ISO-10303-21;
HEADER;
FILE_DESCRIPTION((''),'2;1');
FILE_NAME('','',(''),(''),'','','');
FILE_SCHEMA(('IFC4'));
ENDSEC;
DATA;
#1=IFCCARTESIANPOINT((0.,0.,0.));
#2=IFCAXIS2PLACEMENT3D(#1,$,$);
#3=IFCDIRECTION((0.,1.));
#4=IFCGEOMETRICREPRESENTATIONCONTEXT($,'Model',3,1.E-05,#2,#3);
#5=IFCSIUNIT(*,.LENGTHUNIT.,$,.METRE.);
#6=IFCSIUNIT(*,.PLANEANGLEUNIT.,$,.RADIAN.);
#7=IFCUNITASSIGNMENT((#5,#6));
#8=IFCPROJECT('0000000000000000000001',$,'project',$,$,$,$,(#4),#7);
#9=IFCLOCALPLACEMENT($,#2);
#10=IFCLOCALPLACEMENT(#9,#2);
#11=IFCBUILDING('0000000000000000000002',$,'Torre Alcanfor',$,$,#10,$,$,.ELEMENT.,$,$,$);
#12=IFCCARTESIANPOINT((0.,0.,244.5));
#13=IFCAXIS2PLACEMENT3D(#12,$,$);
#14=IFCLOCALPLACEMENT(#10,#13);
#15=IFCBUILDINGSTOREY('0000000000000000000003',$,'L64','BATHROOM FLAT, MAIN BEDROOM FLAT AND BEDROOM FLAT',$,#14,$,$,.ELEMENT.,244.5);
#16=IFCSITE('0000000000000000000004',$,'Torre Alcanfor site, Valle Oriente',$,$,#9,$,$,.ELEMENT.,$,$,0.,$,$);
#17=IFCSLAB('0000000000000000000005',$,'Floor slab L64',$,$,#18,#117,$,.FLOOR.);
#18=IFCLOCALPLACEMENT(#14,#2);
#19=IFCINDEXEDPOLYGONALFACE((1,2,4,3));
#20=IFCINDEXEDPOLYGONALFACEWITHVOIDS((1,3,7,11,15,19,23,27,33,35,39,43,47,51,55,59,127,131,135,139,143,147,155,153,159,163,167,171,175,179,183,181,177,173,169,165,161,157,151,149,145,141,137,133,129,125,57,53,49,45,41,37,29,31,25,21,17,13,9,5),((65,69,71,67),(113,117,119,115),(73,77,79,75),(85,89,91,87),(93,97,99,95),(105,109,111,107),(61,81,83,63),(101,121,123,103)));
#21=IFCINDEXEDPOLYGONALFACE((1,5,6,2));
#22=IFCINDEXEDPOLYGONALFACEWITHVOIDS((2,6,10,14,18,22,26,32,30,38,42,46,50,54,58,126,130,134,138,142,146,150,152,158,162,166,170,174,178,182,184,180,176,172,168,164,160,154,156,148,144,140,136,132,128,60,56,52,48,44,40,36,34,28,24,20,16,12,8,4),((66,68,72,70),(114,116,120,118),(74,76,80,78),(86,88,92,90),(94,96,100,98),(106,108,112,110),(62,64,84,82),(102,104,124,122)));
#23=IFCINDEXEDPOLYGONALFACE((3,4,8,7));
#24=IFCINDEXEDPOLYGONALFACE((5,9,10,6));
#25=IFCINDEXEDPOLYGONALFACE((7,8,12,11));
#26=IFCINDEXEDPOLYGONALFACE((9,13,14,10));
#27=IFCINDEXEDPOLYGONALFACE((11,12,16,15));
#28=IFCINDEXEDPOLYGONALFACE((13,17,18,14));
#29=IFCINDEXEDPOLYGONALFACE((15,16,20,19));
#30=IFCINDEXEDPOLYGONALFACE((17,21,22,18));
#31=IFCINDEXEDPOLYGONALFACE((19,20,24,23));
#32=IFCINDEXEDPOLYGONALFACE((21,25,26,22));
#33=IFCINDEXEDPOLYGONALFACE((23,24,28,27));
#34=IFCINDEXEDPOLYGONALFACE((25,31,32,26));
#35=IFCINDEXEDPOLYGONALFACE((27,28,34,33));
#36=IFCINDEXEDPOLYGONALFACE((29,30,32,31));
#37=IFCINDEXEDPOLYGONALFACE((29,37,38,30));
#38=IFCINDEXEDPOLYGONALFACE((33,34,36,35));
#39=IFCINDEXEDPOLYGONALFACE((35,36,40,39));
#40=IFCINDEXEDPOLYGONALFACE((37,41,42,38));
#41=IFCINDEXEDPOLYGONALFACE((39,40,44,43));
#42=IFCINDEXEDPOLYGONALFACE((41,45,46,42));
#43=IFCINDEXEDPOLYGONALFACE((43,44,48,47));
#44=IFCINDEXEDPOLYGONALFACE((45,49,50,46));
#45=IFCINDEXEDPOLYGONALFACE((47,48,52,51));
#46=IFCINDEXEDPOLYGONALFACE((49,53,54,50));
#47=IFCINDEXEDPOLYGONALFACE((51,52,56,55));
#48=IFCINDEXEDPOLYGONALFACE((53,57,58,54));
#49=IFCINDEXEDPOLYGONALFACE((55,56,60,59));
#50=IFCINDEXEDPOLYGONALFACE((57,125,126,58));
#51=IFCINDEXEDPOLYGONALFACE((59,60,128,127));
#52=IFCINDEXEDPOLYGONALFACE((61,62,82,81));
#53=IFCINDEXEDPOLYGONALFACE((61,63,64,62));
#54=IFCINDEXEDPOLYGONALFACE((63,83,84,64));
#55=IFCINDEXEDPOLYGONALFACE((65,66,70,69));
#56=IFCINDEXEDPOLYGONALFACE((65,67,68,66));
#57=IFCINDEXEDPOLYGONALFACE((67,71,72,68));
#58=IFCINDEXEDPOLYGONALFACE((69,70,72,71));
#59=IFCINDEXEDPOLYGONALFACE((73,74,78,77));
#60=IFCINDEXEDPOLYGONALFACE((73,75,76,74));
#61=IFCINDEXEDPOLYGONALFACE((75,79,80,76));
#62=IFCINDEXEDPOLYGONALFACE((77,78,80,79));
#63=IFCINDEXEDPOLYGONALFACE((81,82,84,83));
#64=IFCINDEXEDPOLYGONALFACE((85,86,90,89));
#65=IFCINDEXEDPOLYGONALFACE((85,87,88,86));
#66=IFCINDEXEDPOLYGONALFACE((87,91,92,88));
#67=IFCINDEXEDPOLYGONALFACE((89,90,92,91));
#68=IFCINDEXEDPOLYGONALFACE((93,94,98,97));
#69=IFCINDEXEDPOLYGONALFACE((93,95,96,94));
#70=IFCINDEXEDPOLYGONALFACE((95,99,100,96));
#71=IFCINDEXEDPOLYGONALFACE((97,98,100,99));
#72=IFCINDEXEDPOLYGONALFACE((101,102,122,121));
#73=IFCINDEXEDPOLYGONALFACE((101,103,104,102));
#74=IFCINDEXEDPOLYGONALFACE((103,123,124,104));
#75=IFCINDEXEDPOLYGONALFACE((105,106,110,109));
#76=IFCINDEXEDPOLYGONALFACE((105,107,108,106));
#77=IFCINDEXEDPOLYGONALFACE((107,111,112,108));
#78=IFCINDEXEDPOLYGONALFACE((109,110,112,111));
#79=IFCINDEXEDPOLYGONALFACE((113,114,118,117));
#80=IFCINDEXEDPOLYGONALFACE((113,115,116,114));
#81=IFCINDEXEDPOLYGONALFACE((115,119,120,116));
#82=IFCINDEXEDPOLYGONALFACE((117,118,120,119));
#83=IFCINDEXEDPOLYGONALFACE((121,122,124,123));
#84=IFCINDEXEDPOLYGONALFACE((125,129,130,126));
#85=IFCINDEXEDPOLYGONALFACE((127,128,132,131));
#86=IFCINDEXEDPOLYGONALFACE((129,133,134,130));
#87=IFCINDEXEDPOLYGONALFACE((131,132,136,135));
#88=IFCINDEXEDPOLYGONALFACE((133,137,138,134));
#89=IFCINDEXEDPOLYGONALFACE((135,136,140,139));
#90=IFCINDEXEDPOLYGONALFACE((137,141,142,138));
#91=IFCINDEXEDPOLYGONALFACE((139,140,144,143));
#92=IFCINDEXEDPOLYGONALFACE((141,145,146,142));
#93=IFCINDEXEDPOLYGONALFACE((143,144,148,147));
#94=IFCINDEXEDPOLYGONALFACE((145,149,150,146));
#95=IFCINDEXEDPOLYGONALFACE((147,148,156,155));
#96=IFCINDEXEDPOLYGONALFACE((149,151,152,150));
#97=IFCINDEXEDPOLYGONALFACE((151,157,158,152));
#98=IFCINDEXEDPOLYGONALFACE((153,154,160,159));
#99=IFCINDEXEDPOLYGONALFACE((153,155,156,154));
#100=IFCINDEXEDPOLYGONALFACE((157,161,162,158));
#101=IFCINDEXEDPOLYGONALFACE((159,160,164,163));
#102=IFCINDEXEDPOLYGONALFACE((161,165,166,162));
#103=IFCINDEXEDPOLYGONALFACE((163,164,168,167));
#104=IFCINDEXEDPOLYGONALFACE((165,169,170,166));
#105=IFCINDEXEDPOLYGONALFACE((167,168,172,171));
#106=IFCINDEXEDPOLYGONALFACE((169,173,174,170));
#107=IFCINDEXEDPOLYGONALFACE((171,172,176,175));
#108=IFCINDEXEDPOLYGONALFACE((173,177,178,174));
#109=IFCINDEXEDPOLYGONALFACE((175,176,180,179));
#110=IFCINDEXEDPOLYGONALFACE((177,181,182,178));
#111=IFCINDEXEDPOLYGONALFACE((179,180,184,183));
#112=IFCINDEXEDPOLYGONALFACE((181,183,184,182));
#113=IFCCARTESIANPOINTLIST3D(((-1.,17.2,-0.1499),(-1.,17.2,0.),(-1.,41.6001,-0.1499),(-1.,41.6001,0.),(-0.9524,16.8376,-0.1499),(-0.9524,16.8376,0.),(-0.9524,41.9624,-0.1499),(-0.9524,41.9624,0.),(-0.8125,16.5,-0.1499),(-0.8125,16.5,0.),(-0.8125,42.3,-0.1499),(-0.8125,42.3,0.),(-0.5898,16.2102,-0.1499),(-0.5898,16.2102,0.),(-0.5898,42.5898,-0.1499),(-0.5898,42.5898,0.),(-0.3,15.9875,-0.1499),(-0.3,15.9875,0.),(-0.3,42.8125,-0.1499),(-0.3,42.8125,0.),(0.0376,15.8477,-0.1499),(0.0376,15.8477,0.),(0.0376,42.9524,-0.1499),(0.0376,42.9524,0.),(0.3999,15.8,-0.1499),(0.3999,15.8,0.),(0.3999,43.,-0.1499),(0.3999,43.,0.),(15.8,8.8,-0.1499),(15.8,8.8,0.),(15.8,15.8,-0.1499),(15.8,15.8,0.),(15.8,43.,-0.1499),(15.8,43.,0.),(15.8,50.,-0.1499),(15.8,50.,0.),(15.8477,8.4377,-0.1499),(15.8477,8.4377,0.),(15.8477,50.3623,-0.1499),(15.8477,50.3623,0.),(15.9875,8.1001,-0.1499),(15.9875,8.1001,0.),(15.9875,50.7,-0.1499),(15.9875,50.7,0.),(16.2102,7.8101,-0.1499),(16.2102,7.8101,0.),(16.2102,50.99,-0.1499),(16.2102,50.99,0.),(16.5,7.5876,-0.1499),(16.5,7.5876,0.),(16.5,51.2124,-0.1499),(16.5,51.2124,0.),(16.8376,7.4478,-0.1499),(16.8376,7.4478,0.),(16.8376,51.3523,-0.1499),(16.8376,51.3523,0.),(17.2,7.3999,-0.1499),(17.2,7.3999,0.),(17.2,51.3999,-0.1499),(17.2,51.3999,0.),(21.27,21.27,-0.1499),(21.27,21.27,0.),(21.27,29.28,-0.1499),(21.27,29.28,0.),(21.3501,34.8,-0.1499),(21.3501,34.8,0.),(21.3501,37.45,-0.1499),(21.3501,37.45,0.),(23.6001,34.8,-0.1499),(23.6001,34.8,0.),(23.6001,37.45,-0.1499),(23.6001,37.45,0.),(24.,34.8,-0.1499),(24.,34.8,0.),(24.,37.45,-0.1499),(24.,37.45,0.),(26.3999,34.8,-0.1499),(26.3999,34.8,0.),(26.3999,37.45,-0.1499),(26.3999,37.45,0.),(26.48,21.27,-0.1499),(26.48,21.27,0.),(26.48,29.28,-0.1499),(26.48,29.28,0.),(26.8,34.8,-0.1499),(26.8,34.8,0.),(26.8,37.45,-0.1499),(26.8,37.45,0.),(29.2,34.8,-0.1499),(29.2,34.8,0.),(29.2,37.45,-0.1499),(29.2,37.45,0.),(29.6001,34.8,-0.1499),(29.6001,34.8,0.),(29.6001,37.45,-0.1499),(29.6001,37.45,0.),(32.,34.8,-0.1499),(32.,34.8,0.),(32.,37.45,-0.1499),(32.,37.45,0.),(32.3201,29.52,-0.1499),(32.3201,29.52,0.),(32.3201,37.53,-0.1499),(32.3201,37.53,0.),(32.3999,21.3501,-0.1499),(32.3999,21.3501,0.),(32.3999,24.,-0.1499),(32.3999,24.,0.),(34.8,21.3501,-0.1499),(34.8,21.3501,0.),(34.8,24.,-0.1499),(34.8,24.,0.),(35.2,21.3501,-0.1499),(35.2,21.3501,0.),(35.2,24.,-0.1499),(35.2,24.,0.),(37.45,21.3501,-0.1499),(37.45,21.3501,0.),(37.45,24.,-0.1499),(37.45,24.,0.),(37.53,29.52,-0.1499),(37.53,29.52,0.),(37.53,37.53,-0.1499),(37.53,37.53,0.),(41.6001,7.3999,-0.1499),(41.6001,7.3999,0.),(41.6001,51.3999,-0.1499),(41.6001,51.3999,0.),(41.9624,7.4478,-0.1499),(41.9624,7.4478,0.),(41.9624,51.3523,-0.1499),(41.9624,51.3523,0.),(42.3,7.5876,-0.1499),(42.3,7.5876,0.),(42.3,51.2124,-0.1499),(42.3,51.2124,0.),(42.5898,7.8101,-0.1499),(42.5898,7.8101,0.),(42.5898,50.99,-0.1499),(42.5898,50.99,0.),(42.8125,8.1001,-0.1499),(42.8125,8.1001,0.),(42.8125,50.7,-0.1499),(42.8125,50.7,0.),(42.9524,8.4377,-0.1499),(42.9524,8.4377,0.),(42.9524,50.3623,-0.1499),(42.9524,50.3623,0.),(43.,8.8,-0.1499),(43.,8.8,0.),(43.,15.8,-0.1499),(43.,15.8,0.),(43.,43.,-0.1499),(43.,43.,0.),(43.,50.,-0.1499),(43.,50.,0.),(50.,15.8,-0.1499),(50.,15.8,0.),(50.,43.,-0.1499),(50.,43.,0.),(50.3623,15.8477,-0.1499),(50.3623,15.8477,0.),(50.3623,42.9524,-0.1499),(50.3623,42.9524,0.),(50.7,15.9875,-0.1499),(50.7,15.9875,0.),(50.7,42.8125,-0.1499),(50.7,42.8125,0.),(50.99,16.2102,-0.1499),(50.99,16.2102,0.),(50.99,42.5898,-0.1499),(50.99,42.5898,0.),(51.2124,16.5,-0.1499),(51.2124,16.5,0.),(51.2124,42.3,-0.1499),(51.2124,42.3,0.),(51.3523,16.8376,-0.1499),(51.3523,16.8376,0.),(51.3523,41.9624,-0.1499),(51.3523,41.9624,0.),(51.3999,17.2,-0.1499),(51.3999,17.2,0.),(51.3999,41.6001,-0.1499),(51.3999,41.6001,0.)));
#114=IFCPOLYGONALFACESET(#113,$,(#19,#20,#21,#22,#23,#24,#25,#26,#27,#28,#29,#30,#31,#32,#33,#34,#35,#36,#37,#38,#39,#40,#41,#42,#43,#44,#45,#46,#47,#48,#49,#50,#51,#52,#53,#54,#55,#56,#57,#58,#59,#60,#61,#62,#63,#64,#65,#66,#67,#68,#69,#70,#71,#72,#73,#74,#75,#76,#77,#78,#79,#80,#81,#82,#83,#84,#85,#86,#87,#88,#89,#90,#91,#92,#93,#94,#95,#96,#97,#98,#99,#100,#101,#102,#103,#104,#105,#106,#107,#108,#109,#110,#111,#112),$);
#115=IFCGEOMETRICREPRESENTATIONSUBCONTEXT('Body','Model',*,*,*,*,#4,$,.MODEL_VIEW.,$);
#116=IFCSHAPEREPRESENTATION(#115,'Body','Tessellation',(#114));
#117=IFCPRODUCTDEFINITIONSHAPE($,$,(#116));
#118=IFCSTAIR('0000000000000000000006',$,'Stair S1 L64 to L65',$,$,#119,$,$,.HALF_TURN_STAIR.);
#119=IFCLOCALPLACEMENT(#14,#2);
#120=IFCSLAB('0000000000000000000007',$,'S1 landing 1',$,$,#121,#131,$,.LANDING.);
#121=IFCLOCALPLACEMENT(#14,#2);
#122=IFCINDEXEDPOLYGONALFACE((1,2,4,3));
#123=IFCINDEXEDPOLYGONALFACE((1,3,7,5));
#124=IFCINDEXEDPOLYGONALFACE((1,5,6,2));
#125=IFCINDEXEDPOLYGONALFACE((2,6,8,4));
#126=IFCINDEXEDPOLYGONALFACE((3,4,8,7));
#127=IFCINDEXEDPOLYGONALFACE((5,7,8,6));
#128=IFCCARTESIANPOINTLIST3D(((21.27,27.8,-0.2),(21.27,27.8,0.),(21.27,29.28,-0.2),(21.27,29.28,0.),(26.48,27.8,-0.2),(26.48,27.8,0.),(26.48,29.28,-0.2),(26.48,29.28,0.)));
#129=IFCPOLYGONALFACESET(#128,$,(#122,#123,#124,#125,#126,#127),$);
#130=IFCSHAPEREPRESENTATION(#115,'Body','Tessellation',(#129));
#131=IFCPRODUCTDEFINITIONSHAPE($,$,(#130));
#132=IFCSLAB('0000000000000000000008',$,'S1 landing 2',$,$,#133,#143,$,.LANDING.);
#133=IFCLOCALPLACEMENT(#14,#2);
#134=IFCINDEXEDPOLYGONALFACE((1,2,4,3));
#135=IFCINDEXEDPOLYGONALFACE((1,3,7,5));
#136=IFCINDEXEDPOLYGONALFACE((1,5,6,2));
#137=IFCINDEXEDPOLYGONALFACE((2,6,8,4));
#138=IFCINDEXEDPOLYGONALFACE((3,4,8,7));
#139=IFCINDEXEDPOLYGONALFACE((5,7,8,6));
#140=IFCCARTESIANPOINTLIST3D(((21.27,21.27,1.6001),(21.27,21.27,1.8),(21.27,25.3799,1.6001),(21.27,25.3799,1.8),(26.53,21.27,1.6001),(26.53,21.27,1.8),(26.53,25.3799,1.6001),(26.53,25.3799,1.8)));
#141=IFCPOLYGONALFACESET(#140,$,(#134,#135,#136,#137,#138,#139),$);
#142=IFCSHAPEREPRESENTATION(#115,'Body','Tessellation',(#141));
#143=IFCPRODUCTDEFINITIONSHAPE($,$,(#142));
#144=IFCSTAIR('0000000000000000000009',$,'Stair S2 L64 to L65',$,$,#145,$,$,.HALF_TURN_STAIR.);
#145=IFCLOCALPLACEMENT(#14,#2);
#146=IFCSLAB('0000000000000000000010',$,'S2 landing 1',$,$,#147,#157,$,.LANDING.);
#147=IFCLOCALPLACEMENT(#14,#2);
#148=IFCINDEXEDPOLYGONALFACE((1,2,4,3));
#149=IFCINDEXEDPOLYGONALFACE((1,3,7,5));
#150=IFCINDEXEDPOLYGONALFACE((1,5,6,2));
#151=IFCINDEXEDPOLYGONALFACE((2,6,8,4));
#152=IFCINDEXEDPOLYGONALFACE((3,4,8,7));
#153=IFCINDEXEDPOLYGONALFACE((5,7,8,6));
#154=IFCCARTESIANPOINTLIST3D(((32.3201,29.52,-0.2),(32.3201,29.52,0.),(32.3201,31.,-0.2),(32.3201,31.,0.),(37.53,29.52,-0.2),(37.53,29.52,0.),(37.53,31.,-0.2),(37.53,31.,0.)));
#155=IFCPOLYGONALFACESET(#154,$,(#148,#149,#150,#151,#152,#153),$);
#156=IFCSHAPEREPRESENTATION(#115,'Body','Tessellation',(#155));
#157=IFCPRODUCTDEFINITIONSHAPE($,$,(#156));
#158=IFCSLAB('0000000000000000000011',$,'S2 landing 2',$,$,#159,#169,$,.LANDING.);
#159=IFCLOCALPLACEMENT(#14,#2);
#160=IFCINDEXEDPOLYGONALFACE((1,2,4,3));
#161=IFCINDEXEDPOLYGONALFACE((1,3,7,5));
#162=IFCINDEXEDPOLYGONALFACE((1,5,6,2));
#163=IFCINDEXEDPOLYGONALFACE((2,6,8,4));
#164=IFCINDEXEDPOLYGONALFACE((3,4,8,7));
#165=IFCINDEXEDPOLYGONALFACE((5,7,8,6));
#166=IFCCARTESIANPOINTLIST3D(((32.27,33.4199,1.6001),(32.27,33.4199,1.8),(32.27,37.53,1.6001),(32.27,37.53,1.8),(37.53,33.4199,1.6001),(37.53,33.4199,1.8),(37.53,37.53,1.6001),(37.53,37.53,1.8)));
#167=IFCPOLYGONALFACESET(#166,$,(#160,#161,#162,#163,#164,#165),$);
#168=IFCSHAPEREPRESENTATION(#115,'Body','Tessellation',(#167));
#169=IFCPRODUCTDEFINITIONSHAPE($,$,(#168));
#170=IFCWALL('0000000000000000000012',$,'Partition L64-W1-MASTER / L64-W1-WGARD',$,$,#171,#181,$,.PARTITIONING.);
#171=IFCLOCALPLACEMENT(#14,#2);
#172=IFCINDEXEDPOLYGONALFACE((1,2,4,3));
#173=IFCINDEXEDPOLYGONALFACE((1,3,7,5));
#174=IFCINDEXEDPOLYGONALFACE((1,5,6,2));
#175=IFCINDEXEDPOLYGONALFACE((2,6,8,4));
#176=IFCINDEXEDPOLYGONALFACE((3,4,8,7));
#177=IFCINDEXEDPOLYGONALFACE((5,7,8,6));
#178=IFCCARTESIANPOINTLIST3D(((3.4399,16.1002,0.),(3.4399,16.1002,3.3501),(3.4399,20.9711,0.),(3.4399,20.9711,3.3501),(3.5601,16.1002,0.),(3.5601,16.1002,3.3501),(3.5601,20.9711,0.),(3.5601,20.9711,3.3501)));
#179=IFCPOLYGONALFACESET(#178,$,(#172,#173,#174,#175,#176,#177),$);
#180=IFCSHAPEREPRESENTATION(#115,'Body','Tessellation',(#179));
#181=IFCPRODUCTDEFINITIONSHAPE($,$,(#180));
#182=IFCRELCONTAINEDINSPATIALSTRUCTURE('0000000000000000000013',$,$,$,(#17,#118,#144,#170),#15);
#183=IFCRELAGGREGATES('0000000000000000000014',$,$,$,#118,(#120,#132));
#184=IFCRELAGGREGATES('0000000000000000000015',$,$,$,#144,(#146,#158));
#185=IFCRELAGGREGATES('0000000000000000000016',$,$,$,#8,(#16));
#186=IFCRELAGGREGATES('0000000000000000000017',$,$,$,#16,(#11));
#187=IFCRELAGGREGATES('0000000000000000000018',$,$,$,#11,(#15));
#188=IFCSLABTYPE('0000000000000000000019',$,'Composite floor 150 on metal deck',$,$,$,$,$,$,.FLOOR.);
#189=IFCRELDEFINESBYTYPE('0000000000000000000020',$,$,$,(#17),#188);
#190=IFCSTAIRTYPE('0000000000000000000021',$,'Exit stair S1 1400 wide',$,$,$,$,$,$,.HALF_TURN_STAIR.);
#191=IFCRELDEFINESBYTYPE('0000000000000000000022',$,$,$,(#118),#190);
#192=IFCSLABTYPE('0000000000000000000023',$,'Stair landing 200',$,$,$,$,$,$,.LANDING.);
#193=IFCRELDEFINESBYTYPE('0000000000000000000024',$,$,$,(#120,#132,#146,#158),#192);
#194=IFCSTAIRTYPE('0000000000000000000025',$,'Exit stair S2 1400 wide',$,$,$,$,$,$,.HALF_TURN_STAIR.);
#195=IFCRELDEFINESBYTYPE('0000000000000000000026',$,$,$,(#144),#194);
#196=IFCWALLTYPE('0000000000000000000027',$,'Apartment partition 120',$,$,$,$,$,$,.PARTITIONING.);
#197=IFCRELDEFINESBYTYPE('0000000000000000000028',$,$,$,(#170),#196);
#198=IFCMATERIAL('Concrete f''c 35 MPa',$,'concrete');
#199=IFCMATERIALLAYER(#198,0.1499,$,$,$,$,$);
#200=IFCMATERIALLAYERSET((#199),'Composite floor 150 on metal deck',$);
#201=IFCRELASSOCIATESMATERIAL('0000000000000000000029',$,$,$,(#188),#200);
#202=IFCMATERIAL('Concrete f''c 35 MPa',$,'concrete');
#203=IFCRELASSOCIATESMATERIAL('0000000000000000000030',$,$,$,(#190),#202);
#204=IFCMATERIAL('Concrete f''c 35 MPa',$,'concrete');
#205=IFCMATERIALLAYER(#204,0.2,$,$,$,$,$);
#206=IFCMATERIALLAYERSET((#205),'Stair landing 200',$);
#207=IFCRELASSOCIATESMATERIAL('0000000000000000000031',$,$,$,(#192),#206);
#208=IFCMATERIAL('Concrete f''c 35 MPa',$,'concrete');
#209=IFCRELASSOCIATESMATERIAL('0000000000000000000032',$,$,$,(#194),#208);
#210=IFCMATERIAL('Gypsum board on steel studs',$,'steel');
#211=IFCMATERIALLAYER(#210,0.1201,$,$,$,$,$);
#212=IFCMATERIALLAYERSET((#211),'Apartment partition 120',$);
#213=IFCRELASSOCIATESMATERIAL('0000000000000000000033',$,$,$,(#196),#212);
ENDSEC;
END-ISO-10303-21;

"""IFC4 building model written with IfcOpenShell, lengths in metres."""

from ifc_helpers import new_model, si_unit, direction, frame, frame_2d, origin, place, context, subcontext, project, spatial, polyline, rectangle, outline, extrude, material, layer, layer_set, type_object, element, aggregate, save


model = new_model("IFC4")

# Units and contexts
model_context = context("Model", 3, precision=1e-05, world=origin(), true_north=direction((0.0, 1.0)))
body_context = subcontext(model_context, "Body", "Model", "MODEL_VIEW")
ifc_project = project(units=[si_unit("LENGTHUNIT", "METRE"), si_unit("PLANEANGLEUNIT", "RADIAN")], contexts=[model_context])

# Site, building, storey
site_placement = place(None, origin())
site = spatial("IfcSite", under=ifc_project, at=site_placement, Name="Torre Alcanfor site, Valle Oriente", CompositionType="ELEMENT", RefElevation=0.0)
building_placement = place(site_placement, origin())
building = spatial("IfcBuilding", under=site, at=building_placement, Name="Torre Alcanfor", CompositionType="ELEMENT")
storey_placement = place(building_placement, frame((0.0, 0.0, 244.5)))
storey = spatial("IfcBuildingStorey", under=building, at=storey_placement, Name="L64", Description="BATHROOM FLAT, MAIN BEDROOM FLAT AND BEDROOM FLAT", CompositionType="ELEMENT", Elevation=244.5)

# Slab
ifc_material_1 = material(Name="Concrete f'c 35 MPa", Category="concrete")
ifc_layer_1 = layer(ifc_material_1, 0.1499)
ifc_layer_set_1 = layer_set([ifc_layer_1], Name="Composite floor 150 on metal deck")
slab_type_1 = type_object("IfcSlabType", Name="Composite floor 150 on metal deck", PredefinedType="FLOOR", material=ifc_layer_set_1)
slab_1_placement = place(storey_placement, frame((0.0, 0.0, -0.1499)))
element("IfcSlab", 1, at=slab_1_placement, inside=storey, type_object=slab_type_1, Name="Floor slab L64", PredefinedType="FLOOR", context=body_context, shape_type="SweptSolid", body=[
    extrude(outline(polyline([(15.8, 43.0), (0.3999, 43.0), (0.0376, 42.9524), (-0.3, 42.8125), (-0.5898, 42.5898), (-0.8125, 42.3), (-0.9524, 41.9624), (-1.0, 41.6001), (-1.0, 17.2), (-0.9524, 16.8376), (-0.8125, 16.5), (-0.5898, 16.2102), (-0.3, 15.9875), (0.0376, 15.8477), (0.3999, 15.8), (15.8, 15.8), (15.8, 8.8), (15.8477, 8.4377), (15.9875, 8.1001), (16.2102, 7.8101), (16.5, 7.5876), (16.8376, 7.4478), (17.2, 7.3999), (41.6001, 7.3999), (41.9624, 7.4478), (42.3, 7.5876), (42.5898, 7.8101), (42.8125, 8.1001), (42.9524, 8.4377), (43.0, 8.8), (43.0, 15.8), (50.0, 15.8), (50.3623, 15.8477), (50.7, 15.9875), (50.99, 16.2102), (51.2124, 16.5), (51.3523, 16.8376), (51.3999, 17.2), (51.3999, 41.6001), (51.3523, 41.9624), (51.2124, 42.3), (50.99, 42.5898), (50.7, 42.8125), (50.3623, 42.9524), (50.0, 43.0), (43.0, 43.0), (43.0, 50.0), (42.9524, 50.3623), (42.8125, 50.7), (42.5898, 50.99), (42.3, 51.2124), (41.9624, 51.3523), (41.6001, 51.3999), (17.2, 51.3999), (16.8376, 51.3523), (16.5, 51.2124), (16.2102, 50.99), (15.9875, 50.7), (15.8477, 50.3623), (15.8, 50.0), (15.8, 43.0)]), holes=[polyline([(21.27, 21.27), (26.48, 21.27), (26.48, 29.28), (21.27, 29.28), (21.27, 21.27)]), polyline([(32.3201, 29.52), (37.53, 29.52), (37.53, 37.53), (32.3201, 37.53), (32.3201, 29.52)]), polyline([(32.3999, 21.3501), (34.8, 21.3501), (34.8, 24.0), (32.3999, 24.0), (32.3999, 21.3501)]), polyline([(35.2, 21.3501), (37.45, 21.3501), (37.45, 24.0), (35.2, 24.0), (35.2, 21.3501)]), polyline([(21.3501, 34.8), (23.6001, 34.8), (23.6001, 37.45), (21.3501, 37.45), (21.3501, 34.8)]), polyline([(24.0, 34.8), (26.3999, 34.8), (26.3999, 37.45), (24.0, 37.45), (24.0, 34.8)]), polyline([(26.8, 34.8), (29.2, 34.8), (29.2, 37.45), (26.8, 37.45), (26.8, 34.8)]), polyline([(29.6001, 34.8), (32.0, 34.8), (32.0, 37.45), (29.6001, 37.45), (29.6001, 34.8)])]), origin(), (0.0, 0.0, 1.0), 0.1499),
])

# Stairs, slabs
ifc_material_2 = material(Name="Concrete f'c 35 MPa", Category="concrete")
stair_type_1 = type_object("IfcStairType", Name="Exit stair S1 1400 wide", PredefinedType="HALF_TURN_STAIR", material=ifc_material_2)
stair_1_placement = place(storey_placement, origin())
stair_1 = element("IfcStair", 2, at=stair_1_placement, inside=storey, type_object=stair_type_1, Name="Stair S1 L64 to L65", PredefinedType="HALF_TURN_STAIR")
ifc_material_3 = material(Name="Concrete f'c 35 MPa", Category="concrete")
ifc_layer_2 = layer(ifc_material_3, 0.2)
ifc_layer_set_2 = layer_set([ifc_layer_2], Name="Stair landing 200")
slab_type_2 = type_object("IfcSlabType", Name="Stair landing 200", PredefinedType="LANDING", material=ifc_layer_set_2)
slab_2_placement = place(storey_placement, frame((0.0, 0.0, -0.2)))
slab_2 = element("IfcSlab", 3, at=slab_2_placement, type_object=slab_type_2, Name="S1 landing 1", PredefinedType="LANDING", context=body_context, shape_type="SweptSolid", body=[
    extrude(outline(polyline([(21.27, 27.8), (26.48, 27.8), (26.48, 29.28), (21.27, 29.28), (21.27, 27.8)])), origin(), (0.0, 0.0, 1.0), 0.2),
])
slab_3_placement = place(storey_placement, frame((0.0, 0.0, 1.6001)))
slab_3 = element("IfcSlab", 4, at=slab_3_placement, type_object=slab_type_2, Name="S1 landing 2", PredefinedType="LANDING", context=body_context, shape_type="SweptSolid", body=[
    extrude(outline(polyline([(21.27, 21.27), (26.53, 21.27), (26.53, 25.3799), (21.27, 25.3799), (21.27, 21.27)])), origin(), (0.0, 0.0, 1.0), 0.2),
])
aggregate(stair_1, [slab_2, slab_3])
ifc_material_4 = material(Name="Concrete f'c 35 MPa", Category="concrete")
stair_type_2 = type_object("IfcStairType", Name="Exit stair S2 1400 wide", PredefinedType="HALF_TURN_STAIR", material=ifc_material_4)
stair_2_placement = place(storey_placement, origin())
stair_2 = element("IfcStair", 5, at=stair_2_placement, inside=storey, type_object=stair_type_2, Name="Stair S2 L64 to L65", PredefinedType="HALF_TURN_STAIR")
slab_4_placement = place(storey_placement, frame((0.0, 0.0, -0.2)))
slab_4 = element("IfcSlab", 6, at=slab_4_placement, type_object=slab_type_2, Name="S2 landing 1", PredefinedType="LANDING", context=body_context, shape_type="SweptSolid", body=[
    extrude(outline(polyline([(32.3201, 29.52), (37.53, 29.52), (37.53, 31.0), (32.3201, 31.0), (32.3201, 29.52)])), origin(), (0.0, 0.0, 1.0), 0.2),
])
slab_5_placement = place(storey_placement, frame((0.0, 0.0, 1.6001)))
slab_5 = element("IfcSlab", 7, at=slab_5_placement, type_object=slab_type_2, Name="S2 landing 2", PredefinedType="LANDING", context=body_context, shape_type="SweptSolid", body=[
    extrude(outline(polyline([(32.27, 33.4199), (37.53, 33.4199), (37.53, 37.53), (32.27, 37.53), (32.27, 33.4199)])), origin(), (0.0, 0.0, 1.0), 0.2),
])
aggregate(stair_2, [slab_4, slab_5])

# Wall
ifc_material_5 = material(Name="Gypsum board on steel studs", Category="steel")
ifc_layer_3 = layer(ifc_material_5, 0.1201)
ifc_layer_set_3 = layer_set([ifc_layer_3], Name="Apartment partition 120")
wall_type_1 = type_object("IfcWallType", Name="Apartment partition 120", PredefinedType="PARTITIONING", material=ifc_layer_set_3)
wall_1_placement = place(storey_placement, frame((3.5, 16.1001, 0.0), z_axis=(0.0, 0.0, 1.0), x_axis=(0.0, 1.0, 0.0)))
element("IfcWall", 8, at=wall_1_placement, inside=storey, type_object=wall_type_1, Name="Partition L64-W1-MASTER / L64-W1-WGARD", PredefinedType="PARTITIONING", context=body_context, shape_type="SweptSolid", body=[
    extrude(rectangle(XDim=4.8708, YDim=0.1201, at=frame_2d((2.4355, 0.0))), origin(), (0.0, 0.0, 1.0), 3.3501),
])

save(model, "model.ifc")
